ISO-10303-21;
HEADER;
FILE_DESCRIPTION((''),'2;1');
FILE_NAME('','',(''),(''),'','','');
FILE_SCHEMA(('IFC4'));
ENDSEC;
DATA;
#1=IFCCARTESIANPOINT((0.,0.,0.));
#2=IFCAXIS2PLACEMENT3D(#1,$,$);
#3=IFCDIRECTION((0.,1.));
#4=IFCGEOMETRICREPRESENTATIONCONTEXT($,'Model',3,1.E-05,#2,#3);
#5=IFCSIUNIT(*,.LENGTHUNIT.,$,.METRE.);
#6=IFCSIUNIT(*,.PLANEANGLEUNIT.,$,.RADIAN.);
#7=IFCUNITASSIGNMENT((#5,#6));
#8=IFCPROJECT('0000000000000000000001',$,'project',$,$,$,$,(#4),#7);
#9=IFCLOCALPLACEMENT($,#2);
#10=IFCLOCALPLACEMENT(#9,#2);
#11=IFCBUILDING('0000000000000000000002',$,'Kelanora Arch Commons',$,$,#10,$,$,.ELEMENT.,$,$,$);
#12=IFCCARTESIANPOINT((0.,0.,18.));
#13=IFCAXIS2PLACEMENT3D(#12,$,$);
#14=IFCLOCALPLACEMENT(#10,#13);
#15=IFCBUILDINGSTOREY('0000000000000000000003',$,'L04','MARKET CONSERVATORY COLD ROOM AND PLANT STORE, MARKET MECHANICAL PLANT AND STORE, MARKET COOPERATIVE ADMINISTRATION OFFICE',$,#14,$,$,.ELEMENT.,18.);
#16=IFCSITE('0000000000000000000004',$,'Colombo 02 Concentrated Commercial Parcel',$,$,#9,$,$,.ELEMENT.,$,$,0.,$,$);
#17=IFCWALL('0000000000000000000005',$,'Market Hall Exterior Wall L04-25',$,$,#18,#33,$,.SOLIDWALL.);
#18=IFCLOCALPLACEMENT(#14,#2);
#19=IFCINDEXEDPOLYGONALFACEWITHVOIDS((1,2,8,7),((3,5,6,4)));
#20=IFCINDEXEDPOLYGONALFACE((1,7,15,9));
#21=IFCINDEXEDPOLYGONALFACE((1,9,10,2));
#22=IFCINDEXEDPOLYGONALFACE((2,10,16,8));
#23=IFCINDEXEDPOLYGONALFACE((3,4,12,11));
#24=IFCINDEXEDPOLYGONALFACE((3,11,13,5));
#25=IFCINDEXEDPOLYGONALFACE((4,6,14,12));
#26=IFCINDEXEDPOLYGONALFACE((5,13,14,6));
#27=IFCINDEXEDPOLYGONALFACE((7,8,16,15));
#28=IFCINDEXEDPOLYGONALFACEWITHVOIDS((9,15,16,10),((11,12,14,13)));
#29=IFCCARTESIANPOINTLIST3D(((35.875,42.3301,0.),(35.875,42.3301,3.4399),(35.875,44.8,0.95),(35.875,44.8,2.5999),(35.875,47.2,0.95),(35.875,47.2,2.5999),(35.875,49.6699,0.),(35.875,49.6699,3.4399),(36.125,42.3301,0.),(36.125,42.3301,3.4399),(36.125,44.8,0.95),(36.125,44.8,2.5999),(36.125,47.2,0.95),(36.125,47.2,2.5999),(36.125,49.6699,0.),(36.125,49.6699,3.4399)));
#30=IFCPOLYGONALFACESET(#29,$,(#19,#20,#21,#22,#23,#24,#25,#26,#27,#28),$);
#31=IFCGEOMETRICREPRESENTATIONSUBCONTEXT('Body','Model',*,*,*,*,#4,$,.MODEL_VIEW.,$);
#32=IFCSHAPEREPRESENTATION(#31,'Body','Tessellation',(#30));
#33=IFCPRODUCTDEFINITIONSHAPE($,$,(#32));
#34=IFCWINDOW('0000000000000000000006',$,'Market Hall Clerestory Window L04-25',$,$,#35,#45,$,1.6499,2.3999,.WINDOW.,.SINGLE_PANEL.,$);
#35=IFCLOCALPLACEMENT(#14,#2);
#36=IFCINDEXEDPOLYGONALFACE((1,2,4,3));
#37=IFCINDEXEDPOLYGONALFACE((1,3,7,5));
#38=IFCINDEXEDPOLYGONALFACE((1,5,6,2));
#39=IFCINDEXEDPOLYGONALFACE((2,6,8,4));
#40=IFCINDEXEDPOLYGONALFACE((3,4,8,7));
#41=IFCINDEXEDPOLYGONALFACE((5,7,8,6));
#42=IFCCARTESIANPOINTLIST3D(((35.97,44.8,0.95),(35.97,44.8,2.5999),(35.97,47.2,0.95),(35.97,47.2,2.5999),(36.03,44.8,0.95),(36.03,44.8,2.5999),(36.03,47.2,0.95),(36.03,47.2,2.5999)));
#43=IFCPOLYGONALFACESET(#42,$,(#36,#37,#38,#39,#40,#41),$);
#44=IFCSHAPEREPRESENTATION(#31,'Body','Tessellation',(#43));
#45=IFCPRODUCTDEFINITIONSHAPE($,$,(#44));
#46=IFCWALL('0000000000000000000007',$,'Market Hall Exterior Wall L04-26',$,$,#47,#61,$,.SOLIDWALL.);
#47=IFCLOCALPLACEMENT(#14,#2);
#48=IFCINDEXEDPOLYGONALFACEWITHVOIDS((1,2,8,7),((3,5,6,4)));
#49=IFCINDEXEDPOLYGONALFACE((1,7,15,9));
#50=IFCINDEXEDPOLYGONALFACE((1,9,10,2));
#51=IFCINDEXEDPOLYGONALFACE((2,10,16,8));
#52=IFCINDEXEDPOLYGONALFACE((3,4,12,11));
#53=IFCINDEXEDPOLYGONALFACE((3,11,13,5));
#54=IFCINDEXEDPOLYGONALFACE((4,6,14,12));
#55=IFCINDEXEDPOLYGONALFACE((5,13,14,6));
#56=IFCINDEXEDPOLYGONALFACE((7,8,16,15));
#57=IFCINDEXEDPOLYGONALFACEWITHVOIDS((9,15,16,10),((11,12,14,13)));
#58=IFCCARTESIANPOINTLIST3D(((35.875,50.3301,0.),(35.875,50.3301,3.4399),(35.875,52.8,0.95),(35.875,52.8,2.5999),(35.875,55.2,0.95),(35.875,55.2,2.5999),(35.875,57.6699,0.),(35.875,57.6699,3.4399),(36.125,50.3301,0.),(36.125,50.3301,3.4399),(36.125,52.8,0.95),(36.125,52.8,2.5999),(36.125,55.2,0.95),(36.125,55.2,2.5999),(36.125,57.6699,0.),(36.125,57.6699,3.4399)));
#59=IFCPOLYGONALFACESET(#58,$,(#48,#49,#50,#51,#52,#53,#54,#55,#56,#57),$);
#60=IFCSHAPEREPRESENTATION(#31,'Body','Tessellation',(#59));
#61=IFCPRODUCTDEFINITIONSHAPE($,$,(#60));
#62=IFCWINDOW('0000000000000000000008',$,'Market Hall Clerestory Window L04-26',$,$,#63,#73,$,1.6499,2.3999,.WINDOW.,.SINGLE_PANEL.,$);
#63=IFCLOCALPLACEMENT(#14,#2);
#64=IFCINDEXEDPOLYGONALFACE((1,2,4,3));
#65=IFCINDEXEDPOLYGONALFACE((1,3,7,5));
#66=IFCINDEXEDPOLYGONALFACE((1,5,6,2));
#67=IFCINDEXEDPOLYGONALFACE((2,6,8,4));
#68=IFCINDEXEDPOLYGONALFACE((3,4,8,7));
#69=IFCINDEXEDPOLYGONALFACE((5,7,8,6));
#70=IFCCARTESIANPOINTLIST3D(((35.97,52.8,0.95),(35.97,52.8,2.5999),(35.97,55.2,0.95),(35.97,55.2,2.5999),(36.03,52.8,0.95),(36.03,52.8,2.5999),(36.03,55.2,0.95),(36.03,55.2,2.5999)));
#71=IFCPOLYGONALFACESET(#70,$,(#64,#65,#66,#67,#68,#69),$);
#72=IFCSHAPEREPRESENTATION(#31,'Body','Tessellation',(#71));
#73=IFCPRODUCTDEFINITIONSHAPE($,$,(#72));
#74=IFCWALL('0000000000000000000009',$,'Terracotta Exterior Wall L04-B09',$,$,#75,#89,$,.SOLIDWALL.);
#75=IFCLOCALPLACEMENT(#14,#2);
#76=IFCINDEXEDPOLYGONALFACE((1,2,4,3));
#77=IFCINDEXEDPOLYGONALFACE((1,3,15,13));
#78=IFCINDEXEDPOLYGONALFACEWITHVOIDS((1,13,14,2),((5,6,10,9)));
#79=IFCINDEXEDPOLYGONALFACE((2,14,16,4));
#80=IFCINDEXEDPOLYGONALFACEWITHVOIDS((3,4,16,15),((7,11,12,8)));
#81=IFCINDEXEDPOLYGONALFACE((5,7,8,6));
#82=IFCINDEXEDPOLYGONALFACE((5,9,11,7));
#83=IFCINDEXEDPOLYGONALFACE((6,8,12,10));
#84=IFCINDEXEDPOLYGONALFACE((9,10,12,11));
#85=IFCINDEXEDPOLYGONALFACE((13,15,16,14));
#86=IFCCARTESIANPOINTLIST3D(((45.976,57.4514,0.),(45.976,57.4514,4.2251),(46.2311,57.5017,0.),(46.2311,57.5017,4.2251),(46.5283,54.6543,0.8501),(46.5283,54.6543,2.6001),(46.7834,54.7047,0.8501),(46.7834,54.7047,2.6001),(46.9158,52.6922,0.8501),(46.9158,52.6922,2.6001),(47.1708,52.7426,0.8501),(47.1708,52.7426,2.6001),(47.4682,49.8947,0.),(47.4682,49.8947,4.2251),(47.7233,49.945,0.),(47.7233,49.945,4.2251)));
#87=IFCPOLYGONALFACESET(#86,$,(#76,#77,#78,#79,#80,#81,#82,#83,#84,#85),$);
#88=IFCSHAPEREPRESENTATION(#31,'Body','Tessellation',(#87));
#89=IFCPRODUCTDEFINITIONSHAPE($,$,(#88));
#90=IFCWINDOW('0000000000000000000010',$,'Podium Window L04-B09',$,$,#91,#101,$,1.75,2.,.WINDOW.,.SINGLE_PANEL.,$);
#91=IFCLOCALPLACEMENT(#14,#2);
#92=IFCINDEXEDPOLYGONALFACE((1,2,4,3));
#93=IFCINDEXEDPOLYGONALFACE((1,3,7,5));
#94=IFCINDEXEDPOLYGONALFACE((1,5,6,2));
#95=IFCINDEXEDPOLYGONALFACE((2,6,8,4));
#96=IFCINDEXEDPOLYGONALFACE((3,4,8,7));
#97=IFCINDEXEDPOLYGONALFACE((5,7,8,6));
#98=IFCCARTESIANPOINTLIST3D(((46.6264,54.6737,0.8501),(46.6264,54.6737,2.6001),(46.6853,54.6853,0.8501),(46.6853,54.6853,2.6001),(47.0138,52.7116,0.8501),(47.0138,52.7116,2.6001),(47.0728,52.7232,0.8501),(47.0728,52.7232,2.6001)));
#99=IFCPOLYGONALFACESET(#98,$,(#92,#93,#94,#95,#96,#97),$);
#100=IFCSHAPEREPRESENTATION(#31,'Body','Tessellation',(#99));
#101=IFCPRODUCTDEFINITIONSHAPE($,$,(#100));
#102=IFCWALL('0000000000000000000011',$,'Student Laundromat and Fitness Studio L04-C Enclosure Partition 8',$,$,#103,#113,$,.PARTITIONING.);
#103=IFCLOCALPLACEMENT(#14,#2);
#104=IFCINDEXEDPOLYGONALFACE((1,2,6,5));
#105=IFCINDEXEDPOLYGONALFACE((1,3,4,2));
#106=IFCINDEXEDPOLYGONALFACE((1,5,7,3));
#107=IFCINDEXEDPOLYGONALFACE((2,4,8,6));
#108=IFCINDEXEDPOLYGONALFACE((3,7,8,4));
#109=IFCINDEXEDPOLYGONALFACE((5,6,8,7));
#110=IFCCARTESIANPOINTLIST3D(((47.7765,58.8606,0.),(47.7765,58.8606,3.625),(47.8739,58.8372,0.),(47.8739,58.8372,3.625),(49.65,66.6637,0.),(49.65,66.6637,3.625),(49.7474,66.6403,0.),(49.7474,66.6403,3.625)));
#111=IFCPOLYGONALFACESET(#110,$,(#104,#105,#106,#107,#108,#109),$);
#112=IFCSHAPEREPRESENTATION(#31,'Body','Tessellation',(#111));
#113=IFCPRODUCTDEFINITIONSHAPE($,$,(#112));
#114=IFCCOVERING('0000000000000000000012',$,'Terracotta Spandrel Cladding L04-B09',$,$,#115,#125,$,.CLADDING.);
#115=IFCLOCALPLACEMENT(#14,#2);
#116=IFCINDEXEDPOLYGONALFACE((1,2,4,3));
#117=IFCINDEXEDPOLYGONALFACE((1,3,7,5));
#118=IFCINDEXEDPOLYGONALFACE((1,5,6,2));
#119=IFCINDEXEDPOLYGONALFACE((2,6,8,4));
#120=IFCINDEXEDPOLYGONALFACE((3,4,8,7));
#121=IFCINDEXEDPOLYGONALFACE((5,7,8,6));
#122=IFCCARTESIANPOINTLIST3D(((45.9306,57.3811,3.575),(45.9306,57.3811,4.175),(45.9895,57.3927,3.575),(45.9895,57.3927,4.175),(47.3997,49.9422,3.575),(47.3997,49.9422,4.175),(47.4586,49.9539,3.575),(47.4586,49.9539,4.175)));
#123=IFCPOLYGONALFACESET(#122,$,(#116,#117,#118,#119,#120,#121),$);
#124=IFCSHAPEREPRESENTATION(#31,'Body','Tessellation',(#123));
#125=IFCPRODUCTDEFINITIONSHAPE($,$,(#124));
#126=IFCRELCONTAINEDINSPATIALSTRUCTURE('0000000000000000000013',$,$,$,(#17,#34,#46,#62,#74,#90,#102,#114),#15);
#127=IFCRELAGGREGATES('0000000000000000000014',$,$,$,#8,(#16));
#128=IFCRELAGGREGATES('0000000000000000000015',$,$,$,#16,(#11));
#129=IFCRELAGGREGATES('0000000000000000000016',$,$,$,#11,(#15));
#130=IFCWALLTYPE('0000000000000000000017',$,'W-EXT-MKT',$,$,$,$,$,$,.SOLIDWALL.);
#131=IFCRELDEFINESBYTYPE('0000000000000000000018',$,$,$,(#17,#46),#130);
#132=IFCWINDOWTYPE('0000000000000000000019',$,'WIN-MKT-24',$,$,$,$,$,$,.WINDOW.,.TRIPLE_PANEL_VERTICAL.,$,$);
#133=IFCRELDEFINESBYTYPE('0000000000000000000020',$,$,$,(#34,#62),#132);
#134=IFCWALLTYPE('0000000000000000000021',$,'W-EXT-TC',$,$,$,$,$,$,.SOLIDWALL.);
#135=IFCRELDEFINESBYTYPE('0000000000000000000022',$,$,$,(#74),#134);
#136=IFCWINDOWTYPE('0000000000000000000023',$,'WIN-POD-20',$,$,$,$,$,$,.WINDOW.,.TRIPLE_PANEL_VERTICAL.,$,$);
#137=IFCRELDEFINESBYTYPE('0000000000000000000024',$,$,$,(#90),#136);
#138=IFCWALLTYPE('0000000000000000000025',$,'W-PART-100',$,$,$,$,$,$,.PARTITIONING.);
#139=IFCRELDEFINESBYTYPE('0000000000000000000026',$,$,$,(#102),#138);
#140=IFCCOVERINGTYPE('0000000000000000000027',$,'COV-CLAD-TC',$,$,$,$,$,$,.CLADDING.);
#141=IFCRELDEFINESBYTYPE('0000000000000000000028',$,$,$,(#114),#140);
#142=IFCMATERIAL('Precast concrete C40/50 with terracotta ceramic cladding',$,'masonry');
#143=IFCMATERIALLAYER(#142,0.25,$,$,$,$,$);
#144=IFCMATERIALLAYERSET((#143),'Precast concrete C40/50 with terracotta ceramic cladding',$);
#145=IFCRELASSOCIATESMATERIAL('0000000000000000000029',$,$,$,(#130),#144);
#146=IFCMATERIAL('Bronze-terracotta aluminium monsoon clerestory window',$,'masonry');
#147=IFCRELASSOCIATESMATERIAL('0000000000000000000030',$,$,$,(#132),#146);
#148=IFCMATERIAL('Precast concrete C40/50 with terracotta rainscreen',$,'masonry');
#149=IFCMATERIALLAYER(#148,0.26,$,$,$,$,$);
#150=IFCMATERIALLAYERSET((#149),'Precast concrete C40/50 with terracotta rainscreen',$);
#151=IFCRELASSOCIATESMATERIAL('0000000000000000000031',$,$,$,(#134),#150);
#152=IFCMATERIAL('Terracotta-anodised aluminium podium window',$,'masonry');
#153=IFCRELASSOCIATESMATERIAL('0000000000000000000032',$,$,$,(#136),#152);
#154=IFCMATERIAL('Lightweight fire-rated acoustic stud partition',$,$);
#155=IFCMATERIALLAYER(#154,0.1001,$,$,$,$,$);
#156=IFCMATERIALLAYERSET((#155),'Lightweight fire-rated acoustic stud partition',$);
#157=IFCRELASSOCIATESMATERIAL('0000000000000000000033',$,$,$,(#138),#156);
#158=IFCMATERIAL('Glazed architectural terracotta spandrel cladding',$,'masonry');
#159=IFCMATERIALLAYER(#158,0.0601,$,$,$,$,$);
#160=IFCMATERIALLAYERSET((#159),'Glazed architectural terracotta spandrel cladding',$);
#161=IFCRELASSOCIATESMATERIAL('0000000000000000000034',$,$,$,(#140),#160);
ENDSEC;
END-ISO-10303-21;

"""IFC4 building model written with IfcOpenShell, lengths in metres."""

from ifc_helpers import new_model, si_unit, direction, frame, frame_2d, origin, origin_2d, place, context, subcontext, project, spatial, rectangle, extrude, source, transform, mapped, material, layer, layer_set, type_object, element, fill, save


model = new_model("IFC4")

# Units and contexts
model_context = context("Model", 3, precision=1e-05, world=origin(), true_north=direction((0.0, 1.0)))
body_context = subcontext(model_context, "Body", "Model", "MODEL_VIEW")
ifc_project = project(units=[si_unit("LENGTHUNIT", "METRE"), si_unit("PLANEANGLEUNIT", "RADIAN")], contexts=[model_context])

# Site, building, storey
site_placement = place(None, origin())
site = spatial("IfcSite", under=ifc_project, at=site_placement, Name="Colombo 02 Concentrated Commercial Parcel", CompositionType="ELEMENT", RefElevation=0.0)
building_placement = place(site_placement, origin())
building = spatial("IfcBuilding", under=site, at=building_placement, Name="Kelanora Arch Commons", CompositionType="ELEMENT")
storey_placement = place(building_placement, frame((0.0, 0.0, 18.0)))
storey = spatial("IfcBuildingStorey", under=building, at=storey_placement, Name="L04", Description="MARKET CONSERVATORY COLD ROOM AND PLANT STORE, MARKET MECHANICAL PLANT AND STORE, MARKET COOPERATIVE ADMINISTRATION OFFICE", CompositionType="ELEMENT", Elevation=18.0)

# Walls, openings, windows
ifc_material_1 = material(Name="Precast concrete C40/50 with terracotta ceramic cladding", Category="masonry")
ifc_layer_1 = layer(ifc_material_1, 0.25)
ifc_layer_set_1 = layer_set([ifc_layer_1], Name="Precast concrete C40/50 with terracotta ceramic cladding")
wall_type_1 = type_object("IfcWallType", Name="W-EXT-MKT", PredefinedType="SOLIDWALL", material=ifc_layer_set_1)
wall_1_placement = place(storey_placement, frame((36.0, 42.3301, 0.0), z_axis=(0.0, 0.0, 1.0), x_axis=(0.0, 1.0, 0.0)))
wall_1 = element("IfcWall", 1, at=wall_1_placement, inside=storey, type_object=wall_type_1, Name="Market Hall Exterior Wall L04-25", PredefinedType="SOLIDWALL", context=body_context, shape_type="SweptSolid", body=[
    extrude(rectangle(XDim=7.3398, YDim=0.25, at=frame_2d((3.6699, 0.0))), origin(), (0.0, 0.0, 1.0), 3.4399),
])
opening_1_placement = place(wall_1_placement, frame((2.47, 0.0, 0.95)))
opening_1 = element("IfcOpeningElement", 2, at=opening_1_placement, cuts=wall_1, PredefinedType="OPENING", context=body_context, shape_type="SweptSolid", body=[
    extrude(rectangle(XDim=2.3999, YDim=1.6499, at=frame_2d((1.2, 0.825))), frame((0.0, 0.135, 0.0), z_axis=(0.0, -1.0, 0.0), x_axis=(1.0, 0.0, 0.0)), (0.0, 0.0, 1.0), 0.27),
])
ifc_material_2 = material(Name="Bronze-terracotta aluminium monsoon clerestory window", Category="masonry")
window_type_1 = type_object("IfcWindowType", Name="WIN-MKT-24", PartitioningType="TRIPLE_PANEL_VERTICAL", PredefinedType="WINDOW", material=ifc_material_2)
window_1_placement = place(opening_1_placement, origin())
window_1 = element("IfcWindow", 3, at=window_1_placement, inside=storey, type_object=window_type_1, Name="Market Hall Clerestory Window L04-25", OverallHeight=1.6499, OverallWidth=2.3999, PartitioningType="SINGLE_PANEL", PredefinedType="WINDOW", context=body_context, shape_type="SweptSolid", body=[
    extrude(rectangle(XDim=2.3999, YDim=1.6499, at=frame_2d((1.2, 0.825))), frame((0.0, 0.03, 0.0), z_axis=(0.0, -1.0, 0.0), x_axis=(1.0, 0.0, 0.0)), (0.0, 0.0, 1.0), 0.0601),
])
fill(opening_1, window_1)
wall_2_placement = place(storey_placement, frame((36.0, 50.3301, 0.0), z_axis=(0.0, 0.0, 1.0), x_axis=(0.0, 1.0, 0.0)))
wall_2 = element("IfcWall", 4, at=wall_2_placement, inside=storey, type_object=wall_type_1, Name="Market Hall Exterior Wall L04-26", PredefinedType="SOLIDWALL", context=body_context, shape_type="SweptSolid", body=[
    extrude(rectangle(XDim=7.3398, YDim=0.25, at=frame_2d((3.6699, 0.0))), origin(), (0.0, 0.0, 1.0), 3.4399),
])
opening_2_placement = place(wall_2_placement, frame((2.47, 0.0, 0.95)))
opening_2 = element("IfcOpeningElement", 5, at=opening_2_placement, cuts=wall_2, PredefinedType="OPENING", context=body_context, shape_type="SweptSolid", body=[
    extrude(rectangle(XDim=2.3999, YDim=1.6499, at=frame_2d((1.2, 0.825))), frame((0.0, 0.135, 0.0), z_axis=(0.0, -1.0, 0.0), x_axis=(1.0, 0.0, 0.0)), (0.0, 0.0, 1.0), 0.27),
])
window_2_placement = place(opening_2_placement, origin())
window_2 = element("IfcWindow", 6, at=window_2_placement, inside=storey, type_object=window_type_1, Name="Market Hall Clerestory Window L04-26", OverallHeight=1.6499, OverallWidth=2.3999, PartitioningType="SINGLE_PANEL", PredefinedType="WINDOW", context=body_context, shape_type="SweptSolid", body=[
    extrude(rectangle(XDim=2.3999, YDim=1.6499, at=frame_2d((1.2, 0.825))), frame((0.0, 0.03, 0.0), z_axis=(0.0, -1.0, 0.0), x_axis=(1.0, 0.0, 0.0)), (0.0, 0.0, 1.0), 0.0601),
])
fill(opening_2, window_2)
ifc_material_3 = material(Name="Precast concrete C40/50 with terracotta rainscreen", Category="masonry")
ifc_layer_2 = layer(ifc_material_3, 0.26)
ifc_layer_set_2 = layer_set([ifc_layer_2], Name="Precast concrete C40/50 with terracotta rainscreen")
wall_type_2 = type_object("IfcWallType", Name="W-EXT-TC", PredefinedType="SOLIDWALL", material=ifc_layer_set_2)
wall_3_placement = place(storey_placement, frame((46.1035, 57.4766, 0.0), z_axis=(0.0, 0.0, 1.0), x_axis=(0.193726, -0.981056, 0.0)))
wall_3 = element("IfcWall", 7, at=wall_3_placement, inside=storey, type_object=wall_type_2, Name="Terracotta Exterior Wall L04-B09", PredefinedType="SOLIDWALL", context=body_context, shape_type="SweptSolid", body=[
    extrude(rectangle(XDim=7.7026, YDim=0.26, at=frame_2d((3.8513, 0.0))), origin(), (0.0, 0.0, 1.0), 4.2251),
])
opening_3_placement = place(wall_3_placement, frame((2.8511, 0.0, 0.8501)))
opening_3 = element("IfcOpeningElement", 8, at=opening_3_placement, cuts=wall_3, PredefinedType="OPENING", context=body_context, shape_type="SweptSolid", body=[
    extrude(rectangle(XDim=2.0, YDim=1.75, at=frame_2d((1.0, 0.875))), frame((0.0, 0.1401, 0.0), z_axis=(0.0, -1.0, 0.0), x_axis=(1.0, 0.0, 0.0)), (0.0, 0.0, 1.0), 0.28),
])
ifc_material_4 = material(Name="Terracotta-anodised aluminium podium window", Category="masonry")
window_type_2 = type_object("IfcWindowType", Name="WIN-POD-20", PartitioningType="TRIPLE_PANEL_VERTICAL", PredefinedType="WINDOW", material=ifc_material_4)
window_3_placement = place(opening_3_placement, origin())
window_3 = element("IfcWindow", 9, at=window_3_placement, inside=storey, type_object=window_type_2, Name="Podium Window L04-B09", OverallHeight=1.75, OverallWidth=2.0, PartitioningType="SINGLE_PANEL", PredefinedType="WINDOW", context=body_context, shape_type="SweptSolid", body=[
    extrude(rectangle(XDim=2.0, YDim=1.75, at=frame_2d((1.0, 0.875))), frame((0.0, 0.03, 0.0), z_axis=(0.0, -1.0, 0.0), x_axis=(1.0, 0.0, 0.0)), (0.0, 0.0, 1.0), 0.0601),
])
fill(opening_3, window_3)

# Wall
ifc_material_5 = material(Name="Lightweight fire-rated acoustic stud partition")
ifc_layer_3 = layer(ifc_material_5, 0.1001)
ifc_layer_set_3 = layer_set([ifc_layer_3], Name="Lightweight fire-rated acoustic stud partition")
wall_type_3 = type_object("IfcWallType", Name="W-PART-100", PredefinedType="PARTITIONING", material=ifc_layer_set_3)
wall_4_placement = place(storey_placement, frame((47.8252, 58.8489, 0.0), z_axis=(0.0, 0.0, 1.0), x_axis=(0.233463, 0.972366, 0.0)))
element("IfcWall", 10, at=wall_4_placement, inside=storey, type_object=wall_type_3, Name="Student Laundromat and Fitness Studio L04-C Enclosure Partition 8", PredefinedType="PARTITIONING", context=body_context, shape_type="SweptSolid", body=[
    extrude(rectangle(XDim=8.0249, YDim=0.1001, at=frame_2d((4.0125, 0.0))), origin(), (0.0, 0.0, 1.0), 3.625),
])

# Covering
ifc_material_6 = material(Name="Glazed architectural terracotta spandrel cladding", Category="masonry")
ifc_layer_4 = layer(ifc_material_6, 0.0601)
ifc_layer_set_4 = layer_set([ifc_layer_4], Name="Glazed architectural terracotta spandrel cladding")
covering_type = type_object("IfcCoveringType", Name="COV-CLAD-TC", PredefinedType="CLADDING", material=ifc_layer_set_4)
shared_shape_1 = source(origin(), body_context, "Body", "SweptSolid", [
    extrude(rectangle(XDim=7.5825, YDim=0.0601, at=origin_2d()), origin(), (0.0, 0.0, 1.0), 0.6001),
])
covering_placement = place(storey_placement, frame((46.6946, 53.6675, 3.575), z_axis=(0.0, 0.0, 1.0), x_axis=(0.193744, -0.981052, 0.0)))
element("IfcCovering", 11, at=covering_placement, inside=storey, type_object=covering_type, Name="Terracotta Spandrel Cladding L04-B09", PredefinedType="CLADDING", context=body_context, shape_type="MappedRepresentation", body=[
    mapped(shared_shape_1, transform((0.0, 0.0, 0.0), scale=1.0)),
])

save(model, "model.ifc")
